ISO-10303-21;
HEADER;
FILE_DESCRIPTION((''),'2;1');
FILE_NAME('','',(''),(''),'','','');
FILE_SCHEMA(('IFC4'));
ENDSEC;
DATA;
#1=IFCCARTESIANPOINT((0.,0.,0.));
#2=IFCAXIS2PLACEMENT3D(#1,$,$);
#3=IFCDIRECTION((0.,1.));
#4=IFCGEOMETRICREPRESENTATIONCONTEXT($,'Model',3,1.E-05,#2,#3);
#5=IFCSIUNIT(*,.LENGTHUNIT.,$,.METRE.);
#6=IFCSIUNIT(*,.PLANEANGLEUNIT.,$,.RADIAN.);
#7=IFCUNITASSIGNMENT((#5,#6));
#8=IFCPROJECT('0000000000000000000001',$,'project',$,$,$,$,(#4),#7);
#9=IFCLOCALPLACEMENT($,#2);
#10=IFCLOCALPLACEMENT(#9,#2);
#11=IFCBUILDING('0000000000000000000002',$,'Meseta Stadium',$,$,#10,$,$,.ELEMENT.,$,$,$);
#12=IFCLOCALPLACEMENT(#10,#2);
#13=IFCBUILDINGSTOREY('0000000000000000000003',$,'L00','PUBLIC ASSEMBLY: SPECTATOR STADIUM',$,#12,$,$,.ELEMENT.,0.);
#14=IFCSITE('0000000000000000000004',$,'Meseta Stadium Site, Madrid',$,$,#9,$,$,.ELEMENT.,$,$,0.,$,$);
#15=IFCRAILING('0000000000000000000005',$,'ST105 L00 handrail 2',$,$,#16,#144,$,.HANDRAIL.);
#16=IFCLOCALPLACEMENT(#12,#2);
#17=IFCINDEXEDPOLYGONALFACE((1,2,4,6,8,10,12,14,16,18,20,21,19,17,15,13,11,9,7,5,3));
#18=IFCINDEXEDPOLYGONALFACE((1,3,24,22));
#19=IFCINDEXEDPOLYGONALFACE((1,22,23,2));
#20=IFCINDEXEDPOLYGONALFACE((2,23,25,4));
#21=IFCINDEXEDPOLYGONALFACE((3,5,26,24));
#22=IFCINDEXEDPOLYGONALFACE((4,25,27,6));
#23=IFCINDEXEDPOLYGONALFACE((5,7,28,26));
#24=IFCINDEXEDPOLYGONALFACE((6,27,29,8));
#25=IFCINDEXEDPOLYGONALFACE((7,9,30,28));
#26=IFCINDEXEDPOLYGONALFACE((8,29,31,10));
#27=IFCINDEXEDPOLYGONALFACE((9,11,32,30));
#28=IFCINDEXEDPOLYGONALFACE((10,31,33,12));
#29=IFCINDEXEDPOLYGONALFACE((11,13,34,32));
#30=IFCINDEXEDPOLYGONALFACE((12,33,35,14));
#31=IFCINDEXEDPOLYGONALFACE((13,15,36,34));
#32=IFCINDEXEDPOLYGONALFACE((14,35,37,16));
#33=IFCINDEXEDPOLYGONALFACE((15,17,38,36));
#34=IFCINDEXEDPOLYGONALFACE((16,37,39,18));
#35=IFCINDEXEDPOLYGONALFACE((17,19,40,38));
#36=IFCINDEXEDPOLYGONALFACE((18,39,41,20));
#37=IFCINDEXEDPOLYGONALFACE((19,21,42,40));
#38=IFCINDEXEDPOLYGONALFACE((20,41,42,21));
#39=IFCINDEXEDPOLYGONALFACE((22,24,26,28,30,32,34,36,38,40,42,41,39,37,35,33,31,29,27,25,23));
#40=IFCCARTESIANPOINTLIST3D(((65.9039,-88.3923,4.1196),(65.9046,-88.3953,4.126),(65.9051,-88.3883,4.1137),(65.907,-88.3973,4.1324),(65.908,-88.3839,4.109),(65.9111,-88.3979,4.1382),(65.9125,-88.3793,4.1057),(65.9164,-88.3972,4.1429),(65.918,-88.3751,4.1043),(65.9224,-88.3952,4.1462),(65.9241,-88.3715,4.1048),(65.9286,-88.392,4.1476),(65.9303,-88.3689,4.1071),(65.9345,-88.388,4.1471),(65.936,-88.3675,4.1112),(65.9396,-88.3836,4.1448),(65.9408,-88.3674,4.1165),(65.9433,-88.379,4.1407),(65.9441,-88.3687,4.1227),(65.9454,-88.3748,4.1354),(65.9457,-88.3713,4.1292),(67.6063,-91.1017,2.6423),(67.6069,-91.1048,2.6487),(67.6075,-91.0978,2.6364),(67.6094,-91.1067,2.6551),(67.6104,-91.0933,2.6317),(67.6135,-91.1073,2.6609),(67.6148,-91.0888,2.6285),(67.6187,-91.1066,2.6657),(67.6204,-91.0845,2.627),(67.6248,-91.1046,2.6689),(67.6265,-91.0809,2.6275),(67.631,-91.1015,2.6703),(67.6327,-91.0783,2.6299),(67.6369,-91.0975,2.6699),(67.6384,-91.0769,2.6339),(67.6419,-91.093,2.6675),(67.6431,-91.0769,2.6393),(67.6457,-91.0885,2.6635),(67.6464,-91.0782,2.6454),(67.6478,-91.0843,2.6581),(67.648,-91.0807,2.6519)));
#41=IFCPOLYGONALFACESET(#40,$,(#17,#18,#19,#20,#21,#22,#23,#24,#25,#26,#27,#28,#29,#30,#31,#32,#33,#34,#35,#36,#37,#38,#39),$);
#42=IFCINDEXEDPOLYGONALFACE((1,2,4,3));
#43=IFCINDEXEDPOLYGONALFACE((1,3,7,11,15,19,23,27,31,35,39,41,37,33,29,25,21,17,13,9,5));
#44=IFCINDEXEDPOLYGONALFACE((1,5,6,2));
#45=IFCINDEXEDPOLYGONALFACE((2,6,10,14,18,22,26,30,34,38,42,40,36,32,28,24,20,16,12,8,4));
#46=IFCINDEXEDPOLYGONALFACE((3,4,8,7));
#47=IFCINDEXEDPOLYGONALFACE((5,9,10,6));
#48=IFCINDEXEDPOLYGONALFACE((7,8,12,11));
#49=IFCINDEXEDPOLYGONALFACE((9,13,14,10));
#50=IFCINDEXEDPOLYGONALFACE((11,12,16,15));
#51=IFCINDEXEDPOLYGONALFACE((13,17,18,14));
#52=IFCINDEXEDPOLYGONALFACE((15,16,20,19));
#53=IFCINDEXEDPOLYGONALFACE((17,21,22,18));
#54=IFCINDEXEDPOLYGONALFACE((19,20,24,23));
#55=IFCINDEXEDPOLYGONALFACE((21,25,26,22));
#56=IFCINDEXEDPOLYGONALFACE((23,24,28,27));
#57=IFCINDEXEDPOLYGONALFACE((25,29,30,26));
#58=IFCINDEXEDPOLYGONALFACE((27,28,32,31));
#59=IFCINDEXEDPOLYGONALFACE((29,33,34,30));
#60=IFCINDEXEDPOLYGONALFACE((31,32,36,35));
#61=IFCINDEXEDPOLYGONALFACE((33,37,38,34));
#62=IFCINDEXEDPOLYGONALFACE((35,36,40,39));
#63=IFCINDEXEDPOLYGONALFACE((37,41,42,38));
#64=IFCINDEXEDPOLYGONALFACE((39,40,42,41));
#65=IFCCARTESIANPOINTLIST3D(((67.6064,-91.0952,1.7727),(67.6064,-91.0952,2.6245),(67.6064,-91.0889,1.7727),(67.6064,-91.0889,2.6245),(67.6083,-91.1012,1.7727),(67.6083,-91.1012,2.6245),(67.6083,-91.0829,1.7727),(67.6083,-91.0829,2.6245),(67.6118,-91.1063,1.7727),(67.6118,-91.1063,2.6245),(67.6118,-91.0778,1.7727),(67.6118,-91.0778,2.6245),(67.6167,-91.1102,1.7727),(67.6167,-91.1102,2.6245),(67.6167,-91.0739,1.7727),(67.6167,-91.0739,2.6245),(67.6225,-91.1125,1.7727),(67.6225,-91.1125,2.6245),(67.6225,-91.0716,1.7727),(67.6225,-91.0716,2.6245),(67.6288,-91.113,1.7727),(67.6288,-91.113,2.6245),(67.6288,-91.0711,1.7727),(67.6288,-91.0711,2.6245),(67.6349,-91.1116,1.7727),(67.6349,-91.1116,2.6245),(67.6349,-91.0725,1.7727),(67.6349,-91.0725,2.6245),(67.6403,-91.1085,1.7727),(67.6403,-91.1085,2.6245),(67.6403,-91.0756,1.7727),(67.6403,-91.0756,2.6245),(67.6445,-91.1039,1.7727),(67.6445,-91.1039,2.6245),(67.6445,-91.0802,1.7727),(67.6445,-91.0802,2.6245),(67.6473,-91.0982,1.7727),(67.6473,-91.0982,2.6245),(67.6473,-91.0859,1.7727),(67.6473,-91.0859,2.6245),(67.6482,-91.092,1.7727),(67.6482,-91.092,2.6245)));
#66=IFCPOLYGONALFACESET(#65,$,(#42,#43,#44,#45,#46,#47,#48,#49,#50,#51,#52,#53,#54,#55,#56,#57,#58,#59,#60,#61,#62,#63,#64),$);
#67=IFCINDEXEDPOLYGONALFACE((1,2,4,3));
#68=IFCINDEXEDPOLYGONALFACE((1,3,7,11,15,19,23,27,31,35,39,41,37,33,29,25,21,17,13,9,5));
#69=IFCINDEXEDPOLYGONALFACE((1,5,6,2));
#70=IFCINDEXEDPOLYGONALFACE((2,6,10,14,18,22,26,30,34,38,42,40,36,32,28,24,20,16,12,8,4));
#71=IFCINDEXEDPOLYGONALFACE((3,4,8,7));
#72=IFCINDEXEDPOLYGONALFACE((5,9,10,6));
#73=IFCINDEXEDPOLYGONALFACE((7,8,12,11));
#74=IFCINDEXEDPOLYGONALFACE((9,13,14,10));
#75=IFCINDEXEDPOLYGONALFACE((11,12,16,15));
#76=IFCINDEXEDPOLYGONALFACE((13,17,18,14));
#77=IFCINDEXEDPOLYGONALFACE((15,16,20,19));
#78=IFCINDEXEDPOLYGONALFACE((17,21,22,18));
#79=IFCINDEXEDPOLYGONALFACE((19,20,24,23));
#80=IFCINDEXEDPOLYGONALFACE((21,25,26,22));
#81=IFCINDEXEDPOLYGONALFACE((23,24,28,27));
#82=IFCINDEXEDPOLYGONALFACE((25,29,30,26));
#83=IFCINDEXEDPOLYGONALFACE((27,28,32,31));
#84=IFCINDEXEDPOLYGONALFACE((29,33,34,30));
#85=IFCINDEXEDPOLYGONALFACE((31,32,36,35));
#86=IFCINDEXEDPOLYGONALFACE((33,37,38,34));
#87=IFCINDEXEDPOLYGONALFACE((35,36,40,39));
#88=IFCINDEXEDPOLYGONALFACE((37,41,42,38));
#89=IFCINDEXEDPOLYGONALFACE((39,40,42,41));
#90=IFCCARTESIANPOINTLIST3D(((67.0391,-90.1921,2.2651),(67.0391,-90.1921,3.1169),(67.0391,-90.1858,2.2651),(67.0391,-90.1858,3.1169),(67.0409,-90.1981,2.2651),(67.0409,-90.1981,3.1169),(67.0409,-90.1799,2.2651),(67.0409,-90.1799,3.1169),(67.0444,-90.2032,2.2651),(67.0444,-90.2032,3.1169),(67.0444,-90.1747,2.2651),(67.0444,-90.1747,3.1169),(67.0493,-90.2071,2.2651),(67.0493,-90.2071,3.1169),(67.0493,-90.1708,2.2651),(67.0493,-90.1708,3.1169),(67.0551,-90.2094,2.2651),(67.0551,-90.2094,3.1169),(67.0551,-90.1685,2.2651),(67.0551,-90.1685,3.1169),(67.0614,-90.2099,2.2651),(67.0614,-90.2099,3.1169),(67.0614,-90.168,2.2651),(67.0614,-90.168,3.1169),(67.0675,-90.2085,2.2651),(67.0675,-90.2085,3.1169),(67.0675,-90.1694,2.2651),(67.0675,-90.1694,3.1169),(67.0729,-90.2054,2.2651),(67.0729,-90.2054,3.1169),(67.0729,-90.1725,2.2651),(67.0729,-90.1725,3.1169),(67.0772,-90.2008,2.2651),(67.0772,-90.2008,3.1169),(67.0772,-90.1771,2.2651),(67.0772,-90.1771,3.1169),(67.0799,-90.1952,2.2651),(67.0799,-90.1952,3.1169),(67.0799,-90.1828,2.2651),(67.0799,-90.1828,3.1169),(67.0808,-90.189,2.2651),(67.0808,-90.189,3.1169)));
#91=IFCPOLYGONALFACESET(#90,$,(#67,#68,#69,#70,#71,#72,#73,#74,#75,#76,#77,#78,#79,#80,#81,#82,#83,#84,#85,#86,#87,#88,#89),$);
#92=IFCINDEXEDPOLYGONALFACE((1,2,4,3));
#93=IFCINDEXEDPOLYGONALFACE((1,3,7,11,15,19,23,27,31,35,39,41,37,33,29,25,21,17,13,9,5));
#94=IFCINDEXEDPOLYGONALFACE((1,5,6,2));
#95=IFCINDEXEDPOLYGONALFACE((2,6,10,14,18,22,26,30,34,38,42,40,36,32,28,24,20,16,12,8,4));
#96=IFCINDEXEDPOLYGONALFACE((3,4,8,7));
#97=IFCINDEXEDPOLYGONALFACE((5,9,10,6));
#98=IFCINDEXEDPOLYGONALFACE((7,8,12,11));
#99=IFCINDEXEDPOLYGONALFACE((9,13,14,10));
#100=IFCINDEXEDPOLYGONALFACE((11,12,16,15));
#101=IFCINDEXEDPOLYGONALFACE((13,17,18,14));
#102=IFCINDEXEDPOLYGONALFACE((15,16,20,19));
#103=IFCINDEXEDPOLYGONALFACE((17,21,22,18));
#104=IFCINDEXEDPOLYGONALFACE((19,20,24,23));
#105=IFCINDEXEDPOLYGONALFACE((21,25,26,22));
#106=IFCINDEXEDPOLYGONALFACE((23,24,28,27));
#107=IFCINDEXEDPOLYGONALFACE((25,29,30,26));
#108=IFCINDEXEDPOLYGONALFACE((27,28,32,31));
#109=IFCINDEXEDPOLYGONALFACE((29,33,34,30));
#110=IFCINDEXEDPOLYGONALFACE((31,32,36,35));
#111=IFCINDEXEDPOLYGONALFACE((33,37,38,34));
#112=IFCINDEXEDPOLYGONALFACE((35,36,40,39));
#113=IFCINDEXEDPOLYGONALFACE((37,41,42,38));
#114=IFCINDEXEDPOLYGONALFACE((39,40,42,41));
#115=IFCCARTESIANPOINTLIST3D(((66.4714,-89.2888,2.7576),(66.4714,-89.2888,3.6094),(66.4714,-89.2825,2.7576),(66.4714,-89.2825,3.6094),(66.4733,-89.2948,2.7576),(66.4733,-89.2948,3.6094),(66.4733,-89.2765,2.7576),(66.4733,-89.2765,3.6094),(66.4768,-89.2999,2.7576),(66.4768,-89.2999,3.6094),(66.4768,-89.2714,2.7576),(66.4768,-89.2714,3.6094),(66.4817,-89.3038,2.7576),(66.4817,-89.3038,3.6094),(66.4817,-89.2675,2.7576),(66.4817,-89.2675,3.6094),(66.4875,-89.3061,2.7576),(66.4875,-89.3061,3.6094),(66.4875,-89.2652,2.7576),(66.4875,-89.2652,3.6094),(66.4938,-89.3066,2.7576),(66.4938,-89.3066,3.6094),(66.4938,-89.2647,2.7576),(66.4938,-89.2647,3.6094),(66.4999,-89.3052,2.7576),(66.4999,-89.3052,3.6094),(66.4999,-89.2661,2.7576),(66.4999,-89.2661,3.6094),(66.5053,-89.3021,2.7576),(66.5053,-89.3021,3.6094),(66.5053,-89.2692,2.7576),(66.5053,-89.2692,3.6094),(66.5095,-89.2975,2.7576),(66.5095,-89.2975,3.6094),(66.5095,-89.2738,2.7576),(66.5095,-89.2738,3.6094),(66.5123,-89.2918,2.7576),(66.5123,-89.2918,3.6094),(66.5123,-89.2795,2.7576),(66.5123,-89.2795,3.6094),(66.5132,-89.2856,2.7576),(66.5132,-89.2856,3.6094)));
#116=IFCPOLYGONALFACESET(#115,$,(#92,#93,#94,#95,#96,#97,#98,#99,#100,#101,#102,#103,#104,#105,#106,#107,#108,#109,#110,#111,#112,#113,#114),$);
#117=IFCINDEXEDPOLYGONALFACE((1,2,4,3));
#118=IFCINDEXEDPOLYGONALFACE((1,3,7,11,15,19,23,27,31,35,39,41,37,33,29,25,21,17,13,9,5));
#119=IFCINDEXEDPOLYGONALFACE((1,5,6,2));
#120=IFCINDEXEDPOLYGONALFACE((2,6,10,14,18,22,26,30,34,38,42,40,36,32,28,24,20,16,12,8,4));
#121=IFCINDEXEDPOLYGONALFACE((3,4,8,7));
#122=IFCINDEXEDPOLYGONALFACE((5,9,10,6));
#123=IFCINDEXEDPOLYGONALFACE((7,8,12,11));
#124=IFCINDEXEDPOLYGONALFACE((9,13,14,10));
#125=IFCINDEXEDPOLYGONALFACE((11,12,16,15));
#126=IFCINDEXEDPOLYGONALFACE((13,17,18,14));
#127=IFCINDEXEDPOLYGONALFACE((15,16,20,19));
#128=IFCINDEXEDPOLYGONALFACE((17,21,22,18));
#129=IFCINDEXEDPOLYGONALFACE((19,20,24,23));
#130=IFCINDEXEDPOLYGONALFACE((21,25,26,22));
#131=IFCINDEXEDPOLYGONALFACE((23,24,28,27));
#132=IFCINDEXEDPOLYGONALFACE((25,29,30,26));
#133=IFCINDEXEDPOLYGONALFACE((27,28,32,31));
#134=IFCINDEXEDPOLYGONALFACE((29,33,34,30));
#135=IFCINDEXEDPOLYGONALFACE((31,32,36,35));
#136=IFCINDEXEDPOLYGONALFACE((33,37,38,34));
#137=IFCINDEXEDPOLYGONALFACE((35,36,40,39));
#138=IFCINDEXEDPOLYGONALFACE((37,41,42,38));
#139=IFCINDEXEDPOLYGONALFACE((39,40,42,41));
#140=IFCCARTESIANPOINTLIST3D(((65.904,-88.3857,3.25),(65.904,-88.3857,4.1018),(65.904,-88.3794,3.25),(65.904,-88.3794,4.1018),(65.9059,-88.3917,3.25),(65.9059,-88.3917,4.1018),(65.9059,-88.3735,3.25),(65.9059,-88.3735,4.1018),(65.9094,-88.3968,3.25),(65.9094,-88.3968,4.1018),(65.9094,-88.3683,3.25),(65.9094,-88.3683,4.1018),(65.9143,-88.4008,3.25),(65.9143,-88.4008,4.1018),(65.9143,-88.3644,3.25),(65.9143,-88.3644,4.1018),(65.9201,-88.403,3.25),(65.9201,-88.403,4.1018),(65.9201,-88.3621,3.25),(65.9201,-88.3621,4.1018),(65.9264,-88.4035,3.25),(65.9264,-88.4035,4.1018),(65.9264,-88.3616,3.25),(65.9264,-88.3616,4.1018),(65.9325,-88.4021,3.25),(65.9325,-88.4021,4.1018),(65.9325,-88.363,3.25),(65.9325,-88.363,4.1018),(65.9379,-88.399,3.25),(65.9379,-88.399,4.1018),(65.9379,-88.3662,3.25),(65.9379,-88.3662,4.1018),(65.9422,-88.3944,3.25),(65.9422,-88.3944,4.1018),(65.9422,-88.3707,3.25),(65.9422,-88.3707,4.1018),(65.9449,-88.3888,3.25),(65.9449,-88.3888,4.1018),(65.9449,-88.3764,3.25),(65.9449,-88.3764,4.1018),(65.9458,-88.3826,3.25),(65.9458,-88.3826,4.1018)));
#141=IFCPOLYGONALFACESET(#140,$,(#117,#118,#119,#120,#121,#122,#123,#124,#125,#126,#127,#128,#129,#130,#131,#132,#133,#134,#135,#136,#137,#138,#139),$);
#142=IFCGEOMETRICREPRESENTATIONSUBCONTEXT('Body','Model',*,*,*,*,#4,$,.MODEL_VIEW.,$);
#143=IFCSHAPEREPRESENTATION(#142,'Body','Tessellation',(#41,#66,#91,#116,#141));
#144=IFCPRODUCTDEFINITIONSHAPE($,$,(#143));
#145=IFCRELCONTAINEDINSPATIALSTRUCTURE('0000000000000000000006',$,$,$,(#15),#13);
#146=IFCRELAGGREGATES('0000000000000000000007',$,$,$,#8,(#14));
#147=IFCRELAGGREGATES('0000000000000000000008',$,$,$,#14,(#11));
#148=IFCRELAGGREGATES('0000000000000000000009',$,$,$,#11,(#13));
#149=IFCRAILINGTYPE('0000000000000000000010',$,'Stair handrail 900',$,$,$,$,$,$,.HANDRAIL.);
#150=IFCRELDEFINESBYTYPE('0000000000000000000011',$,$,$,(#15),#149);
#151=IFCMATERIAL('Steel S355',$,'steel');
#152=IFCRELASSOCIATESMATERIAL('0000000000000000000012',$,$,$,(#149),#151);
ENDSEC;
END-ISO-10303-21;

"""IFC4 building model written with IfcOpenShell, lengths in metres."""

from ifc_helpers import new_model, si_unit, direction, frame, origin, origin_2d, place, context, subcontext, project, spatial, circle, extrude, material, type_object, element, save


model = new_model("IFC4")

# Units and contexts
model_context = context("Model", 3, precision=1e-05, world=origin(), true_north=direction((0.0, 1.0)))
body_context = subcontext(model_context, "Body", "Model", "MODEL_VIEW")
ifc_project = project(units=[si_unit("LENGTHUNIT", "METRE"), si_unit("PLANEANGLEUNIT", "RADIAN")], contexts=[model_context])

# Site, building, storey
site_placement = place(None, origin())
site = spatial("IfcSite", under=ifc_project, at=site_placement, Name="Meseta Stadium Site, Madrid", CompositionType="ELEMENT", RefElevation=0.0)
building_placement = place(site_placement, origin())
building = spatial("IfcBuilding", under=site, at=building_placement, Name="Meseta Stadium", CompositionType="ELEMENT")
storey_placement = place(building_placement, origin())
storey = spatial("IfcBuildingStorey", under=building, at=storey_placement, Name="L00", Description="PUBLIC ASSEMBLY: SPECTATOR STADIUM", CompositionType="ELEMENT", Elevation=0.0)

# Railing
ifc_material_1 = material(Name="Steel S355", Category="steel")
railing_type_1 = type_object("IfcRailingType", Name="Stair handrail 900", PredefinedType="HANDRAIL", material=ifc_material_1)
railing_1_placement = place(storey_placement, frame((67.6272, -91.092, 1.7727)))
element("IfcRailing", 1, at=railing_1_placement, inside=storey, type_object=railing_type_1, Name="ST105 L00 handrail 2", PredefinedType="HANDRAIL", context=body_context, shape_type="SweptSolid", body=[
    extrude(circle(Radius=0.0239, at=origin_2d()), frame((0.0, 0.0, 0.876), z_axis=(-0.483023, 0.768764, 0.419156), x_axis=(-0.846736, -0.532014, 0.0)), (0.0, 0.0, 1.0), 3.5244),
    extrude(circle(Radius=0.021, at=origin_2d()), origin(), (0.0, 0.0, 1.0), 0.8518),
    extrude(circle(Radius=0.021, at=origin_2d()), frame((-0.5674, 0.9031, 0.4924)), (0.0, 0.0, 1.0), 0.8518),
    extrude(circle(Radius=0.021, at=origin_2d()), frame((-1.135, 1.8064, 0.9849)), (0.0, 0.0, 1.0), 0.8518),
    extrude(circle(Radius=0.021, at=origin_2d()), frame((-1.7024, 2.7095, 1.4773)), (0.0, 0.0, 1.0), 0.8518),
])

save(model, "model.ifc")
